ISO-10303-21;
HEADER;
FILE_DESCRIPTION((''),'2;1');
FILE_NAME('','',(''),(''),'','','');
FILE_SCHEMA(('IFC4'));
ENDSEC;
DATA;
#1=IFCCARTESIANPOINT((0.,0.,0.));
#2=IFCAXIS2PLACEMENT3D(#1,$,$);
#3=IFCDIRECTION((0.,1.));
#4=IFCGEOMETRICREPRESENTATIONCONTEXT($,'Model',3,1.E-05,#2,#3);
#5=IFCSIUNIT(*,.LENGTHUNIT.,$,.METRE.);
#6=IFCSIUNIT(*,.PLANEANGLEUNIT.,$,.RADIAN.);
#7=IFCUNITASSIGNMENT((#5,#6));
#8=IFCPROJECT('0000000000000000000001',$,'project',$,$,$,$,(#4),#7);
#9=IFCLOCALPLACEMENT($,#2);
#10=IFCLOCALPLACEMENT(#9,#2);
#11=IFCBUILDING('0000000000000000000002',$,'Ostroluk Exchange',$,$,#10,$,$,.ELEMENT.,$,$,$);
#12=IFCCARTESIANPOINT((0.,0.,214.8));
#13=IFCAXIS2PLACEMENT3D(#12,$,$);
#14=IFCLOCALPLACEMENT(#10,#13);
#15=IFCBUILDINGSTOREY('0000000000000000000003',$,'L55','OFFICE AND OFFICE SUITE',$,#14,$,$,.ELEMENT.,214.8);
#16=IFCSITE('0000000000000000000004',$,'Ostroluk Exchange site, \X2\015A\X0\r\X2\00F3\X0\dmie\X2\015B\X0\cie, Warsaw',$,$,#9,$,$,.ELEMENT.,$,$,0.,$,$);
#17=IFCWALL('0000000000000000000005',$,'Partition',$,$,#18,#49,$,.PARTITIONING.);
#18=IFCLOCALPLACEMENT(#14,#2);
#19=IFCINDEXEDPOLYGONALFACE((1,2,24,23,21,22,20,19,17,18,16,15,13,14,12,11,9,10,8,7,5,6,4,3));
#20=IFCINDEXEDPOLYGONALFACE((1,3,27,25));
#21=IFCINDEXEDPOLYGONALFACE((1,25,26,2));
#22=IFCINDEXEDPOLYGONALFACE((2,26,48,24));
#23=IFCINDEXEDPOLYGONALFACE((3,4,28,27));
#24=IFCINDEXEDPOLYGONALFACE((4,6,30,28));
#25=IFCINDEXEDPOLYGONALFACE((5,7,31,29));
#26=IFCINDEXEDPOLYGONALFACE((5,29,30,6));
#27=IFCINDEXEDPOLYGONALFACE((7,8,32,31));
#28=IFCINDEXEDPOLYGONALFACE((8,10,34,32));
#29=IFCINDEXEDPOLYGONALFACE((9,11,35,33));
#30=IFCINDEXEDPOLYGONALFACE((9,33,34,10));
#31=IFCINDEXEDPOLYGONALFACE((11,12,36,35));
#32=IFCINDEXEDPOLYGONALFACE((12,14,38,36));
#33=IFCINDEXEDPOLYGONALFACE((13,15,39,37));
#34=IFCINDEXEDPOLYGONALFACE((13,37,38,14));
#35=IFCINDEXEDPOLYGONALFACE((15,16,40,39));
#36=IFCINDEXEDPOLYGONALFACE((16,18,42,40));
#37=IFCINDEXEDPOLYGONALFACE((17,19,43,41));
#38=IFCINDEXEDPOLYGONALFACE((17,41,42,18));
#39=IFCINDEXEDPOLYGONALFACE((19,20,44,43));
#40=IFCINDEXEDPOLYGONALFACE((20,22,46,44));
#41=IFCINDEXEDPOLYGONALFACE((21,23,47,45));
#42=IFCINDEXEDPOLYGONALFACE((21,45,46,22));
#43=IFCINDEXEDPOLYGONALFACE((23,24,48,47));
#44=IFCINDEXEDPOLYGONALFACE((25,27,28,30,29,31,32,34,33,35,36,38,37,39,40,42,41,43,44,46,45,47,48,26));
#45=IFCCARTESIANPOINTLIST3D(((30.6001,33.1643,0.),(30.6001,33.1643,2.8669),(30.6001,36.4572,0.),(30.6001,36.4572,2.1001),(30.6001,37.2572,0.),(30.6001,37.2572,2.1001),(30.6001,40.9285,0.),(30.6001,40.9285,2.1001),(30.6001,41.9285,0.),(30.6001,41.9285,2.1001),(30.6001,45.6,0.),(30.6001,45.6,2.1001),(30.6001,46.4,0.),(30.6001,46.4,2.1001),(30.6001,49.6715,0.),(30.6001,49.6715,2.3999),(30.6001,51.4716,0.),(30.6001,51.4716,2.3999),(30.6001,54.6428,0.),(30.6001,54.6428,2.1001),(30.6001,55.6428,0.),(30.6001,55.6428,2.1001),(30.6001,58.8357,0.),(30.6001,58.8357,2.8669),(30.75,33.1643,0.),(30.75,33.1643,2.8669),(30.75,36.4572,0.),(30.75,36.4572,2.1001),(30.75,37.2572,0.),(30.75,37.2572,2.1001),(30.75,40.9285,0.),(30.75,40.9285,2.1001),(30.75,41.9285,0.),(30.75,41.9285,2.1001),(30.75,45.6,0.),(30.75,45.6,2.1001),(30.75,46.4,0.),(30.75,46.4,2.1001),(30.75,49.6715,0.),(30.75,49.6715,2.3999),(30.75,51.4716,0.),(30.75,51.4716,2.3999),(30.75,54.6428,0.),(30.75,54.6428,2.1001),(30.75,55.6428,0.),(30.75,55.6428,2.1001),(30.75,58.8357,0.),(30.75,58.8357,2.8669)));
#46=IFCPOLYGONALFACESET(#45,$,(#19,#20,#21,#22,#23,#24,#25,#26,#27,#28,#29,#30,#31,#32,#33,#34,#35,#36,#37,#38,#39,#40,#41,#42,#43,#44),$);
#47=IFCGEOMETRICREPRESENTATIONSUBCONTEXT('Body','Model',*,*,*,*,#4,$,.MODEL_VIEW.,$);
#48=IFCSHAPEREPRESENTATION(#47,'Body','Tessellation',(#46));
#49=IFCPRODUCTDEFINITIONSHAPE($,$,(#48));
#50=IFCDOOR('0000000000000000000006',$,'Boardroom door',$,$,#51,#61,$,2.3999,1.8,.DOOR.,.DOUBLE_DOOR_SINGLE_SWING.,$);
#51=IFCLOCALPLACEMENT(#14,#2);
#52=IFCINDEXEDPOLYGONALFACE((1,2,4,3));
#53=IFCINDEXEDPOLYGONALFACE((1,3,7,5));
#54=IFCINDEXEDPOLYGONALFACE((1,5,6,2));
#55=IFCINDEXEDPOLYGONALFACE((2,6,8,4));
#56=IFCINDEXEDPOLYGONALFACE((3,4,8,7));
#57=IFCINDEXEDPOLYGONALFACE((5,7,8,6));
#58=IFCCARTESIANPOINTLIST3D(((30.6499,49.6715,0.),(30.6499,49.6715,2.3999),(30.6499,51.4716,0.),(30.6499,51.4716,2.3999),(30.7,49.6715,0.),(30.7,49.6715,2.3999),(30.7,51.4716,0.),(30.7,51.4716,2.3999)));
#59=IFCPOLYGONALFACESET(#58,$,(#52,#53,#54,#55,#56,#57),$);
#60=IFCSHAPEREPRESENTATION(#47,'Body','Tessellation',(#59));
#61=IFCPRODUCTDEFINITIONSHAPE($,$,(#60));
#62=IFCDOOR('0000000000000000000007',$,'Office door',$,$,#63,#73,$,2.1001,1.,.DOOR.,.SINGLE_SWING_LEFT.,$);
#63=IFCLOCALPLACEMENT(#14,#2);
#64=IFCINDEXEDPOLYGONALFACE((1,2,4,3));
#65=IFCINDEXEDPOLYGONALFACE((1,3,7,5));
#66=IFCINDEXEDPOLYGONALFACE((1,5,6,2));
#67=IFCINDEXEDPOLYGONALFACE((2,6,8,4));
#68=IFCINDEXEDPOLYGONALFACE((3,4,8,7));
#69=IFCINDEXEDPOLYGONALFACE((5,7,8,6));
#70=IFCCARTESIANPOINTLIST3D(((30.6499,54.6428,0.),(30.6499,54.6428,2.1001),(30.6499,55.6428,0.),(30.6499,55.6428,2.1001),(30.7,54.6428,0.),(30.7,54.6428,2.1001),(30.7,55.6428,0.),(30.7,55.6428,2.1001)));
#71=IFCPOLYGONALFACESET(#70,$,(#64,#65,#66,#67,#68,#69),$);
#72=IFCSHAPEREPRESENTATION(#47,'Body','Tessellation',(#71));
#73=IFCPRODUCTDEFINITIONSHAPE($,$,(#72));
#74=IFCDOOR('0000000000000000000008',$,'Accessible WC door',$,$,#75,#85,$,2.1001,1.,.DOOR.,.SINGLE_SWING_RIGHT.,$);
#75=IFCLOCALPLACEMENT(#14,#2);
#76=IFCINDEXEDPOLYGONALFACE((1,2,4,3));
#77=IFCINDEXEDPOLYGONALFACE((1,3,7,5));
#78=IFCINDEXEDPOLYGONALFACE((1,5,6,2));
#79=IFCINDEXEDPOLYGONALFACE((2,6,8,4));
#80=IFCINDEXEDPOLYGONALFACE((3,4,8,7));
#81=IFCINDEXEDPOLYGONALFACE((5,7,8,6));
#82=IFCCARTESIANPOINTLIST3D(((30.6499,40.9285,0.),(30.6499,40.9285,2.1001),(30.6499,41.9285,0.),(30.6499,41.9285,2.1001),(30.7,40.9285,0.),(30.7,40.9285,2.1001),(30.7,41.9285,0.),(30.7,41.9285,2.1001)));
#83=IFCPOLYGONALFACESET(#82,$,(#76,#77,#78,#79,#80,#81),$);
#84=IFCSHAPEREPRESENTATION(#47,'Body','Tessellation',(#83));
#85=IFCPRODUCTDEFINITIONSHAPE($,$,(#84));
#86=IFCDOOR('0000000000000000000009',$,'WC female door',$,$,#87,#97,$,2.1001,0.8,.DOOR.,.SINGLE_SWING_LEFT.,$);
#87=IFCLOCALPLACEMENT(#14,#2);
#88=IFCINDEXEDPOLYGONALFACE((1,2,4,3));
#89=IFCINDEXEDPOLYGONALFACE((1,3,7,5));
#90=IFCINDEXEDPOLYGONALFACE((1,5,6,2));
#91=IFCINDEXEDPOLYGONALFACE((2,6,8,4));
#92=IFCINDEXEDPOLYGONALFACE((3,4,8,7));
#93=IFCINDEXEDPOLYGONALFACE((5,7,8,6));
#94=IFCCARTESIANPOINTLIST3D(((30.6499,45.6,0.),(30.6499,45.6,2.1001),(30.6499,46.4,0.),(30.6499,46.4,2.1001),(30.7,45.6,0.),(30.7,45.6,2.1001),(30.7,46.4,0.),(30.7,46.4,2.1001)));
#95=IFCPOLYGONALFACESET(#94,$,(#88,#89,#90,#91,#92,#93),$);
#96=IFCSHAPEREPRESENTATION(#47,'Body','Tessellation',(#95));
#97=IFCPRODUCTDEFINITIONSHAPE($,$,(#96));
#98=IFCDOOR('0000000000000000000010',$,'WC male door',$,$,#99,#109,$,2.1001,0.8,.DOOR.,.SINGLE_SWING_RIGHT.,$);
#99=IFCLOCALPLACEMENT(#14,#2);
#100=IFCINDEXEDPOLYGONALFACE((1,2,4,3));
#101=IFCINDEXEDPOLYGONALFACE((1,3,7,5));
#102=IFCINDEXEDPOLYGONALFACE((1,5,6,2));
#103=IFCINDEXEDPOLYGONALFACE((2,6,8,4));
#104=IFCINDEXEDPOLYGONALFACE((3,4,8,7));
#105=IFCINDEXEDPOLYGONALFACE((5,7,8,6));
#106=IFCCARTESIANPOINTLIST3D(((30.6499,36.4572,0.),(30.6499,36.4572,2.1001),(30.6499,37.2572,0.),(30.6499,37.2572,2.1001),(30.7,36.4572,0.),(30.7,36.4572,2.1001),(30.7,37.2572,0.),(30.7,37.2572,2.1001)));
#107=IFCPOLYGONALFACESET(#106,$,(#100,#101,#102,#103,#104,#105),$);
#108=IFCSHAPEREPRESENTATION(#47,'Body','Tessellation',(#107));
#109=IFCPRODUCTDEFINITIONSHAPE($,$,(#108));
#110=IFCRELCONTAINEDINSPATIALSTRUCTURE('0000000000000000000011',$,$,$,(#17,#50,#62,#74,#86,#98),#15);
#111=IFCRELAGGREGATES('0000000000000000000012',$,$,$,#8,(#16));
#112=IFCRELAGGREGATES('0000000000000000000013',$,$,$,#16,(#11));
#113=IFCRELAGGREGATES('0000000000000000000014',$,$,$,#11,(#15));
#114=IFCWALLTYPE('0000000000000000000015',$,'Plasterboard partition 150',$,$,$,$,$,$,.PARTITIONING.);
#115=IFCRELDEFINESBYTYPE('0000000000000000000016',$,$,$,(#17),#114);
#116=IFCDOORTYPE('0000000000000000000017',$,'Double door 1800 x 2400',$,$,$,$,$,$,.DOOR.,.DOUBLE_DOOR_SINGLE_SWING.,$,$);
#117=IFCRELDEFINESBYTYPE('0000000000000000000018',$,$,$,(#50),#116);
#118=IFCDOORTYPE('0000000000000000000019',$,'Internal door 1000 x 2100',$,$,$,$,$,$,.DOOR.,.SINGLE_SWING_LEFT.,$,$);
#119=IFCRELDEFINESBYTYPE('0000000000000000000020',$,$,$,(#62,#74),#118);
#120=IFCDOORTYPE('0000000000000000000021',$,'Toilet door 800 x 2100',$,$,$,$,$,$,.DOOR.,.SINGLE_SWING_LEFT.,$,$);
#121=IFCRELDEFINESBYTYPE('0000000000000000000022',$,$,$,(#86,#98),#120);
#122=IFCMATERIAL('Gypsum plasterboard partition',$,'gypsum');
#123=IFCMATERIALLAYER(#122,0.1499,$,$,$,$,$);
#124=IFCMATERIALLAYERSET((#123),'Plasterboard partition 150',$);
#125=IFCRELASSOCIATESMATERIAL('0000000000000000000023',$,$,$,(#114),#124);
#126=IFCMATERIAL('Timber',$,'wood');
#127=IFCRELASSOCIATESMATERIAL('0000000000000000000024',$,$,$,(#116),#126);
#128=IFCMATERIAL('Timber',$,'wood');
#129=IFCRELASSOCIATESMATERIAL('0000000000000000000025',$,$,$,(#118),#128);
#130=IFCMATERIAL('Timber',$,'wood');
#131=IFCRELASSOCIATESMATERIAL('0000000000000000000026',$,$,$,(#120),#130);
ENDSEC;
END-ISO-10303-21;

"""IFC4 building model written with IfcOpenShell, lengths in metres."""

from ifc_helpers import new_model, si_unit, direction, frame, frame_2d, origin, place, context, subcontext, project, spatial, rectangle, extrude, material, layer, layer_set, type_object, element, fill, save


model = new_model("IFC4")

# Units and contexts
model_context = context("Model", 3, precision=1e-05, world=origin(), true_north=direction((0.0, 1.0)))
body_context = subcontext(model_context, "Body", "Model", "MODEL_VIEW")
ifc_project = project(units=[si_unit("LENGTHUNIT", "METRE"), si_unit("PLANEANGLEUNIT", "RADIAN")], contexts=[model_context])

# Site, building, storey
site_placement = place(None, origin())
site = spatial("IfcSite", under=ifc_project, at=site_placement, Name="Ostroluk Exchange site, Śródmieście, Warsaw", CompositionType="ELEMENT", RefElevation=0.0)
building_placement = place(site_placement, origin())
building = spatial("IfcBuilding", under=site, at=building_placement, Name="Ostroluk Exchange", CompositionType="ELEMENT")
storey_placement = place(building_placement, frame((0.0, 0.0, 214.8)))
storey = spatial("IfcBuildingStorey", under=building, at=storey_placement, Name="L55", Description="OFFICE AND OFFICE SUITE", CompositionType="ELEMENT", Elevation=214.8)

# Wall, openings, doors
ifc_material_1 = material(Name="Gypsum plasterboard partition", Category="gypsum")
ifc_layer_1 = layer(ifc_material_1, 0.1499)
ifc_layer_set_1 = layer_set([ifc_layer_1], Name="Plasterboard partition 150")
wall_type_1 = type_object("IfcWallType", Name="Plasterboard partition 150", PredefinedType="PARTITIONING", material=ifc_layer_set_1)
wall_1_placement = place(storey_placement, frame((30.675, 58.8357, 0.0), z_axis=(0.0, 0.0, 1.0), x_axis=(0.0, -1.0, 0.0)))
wall_1 = element("IfcWall", 1, at=wall_1_placement, inside=storey, type_object=wall_type_1, Name="Partition", PredefinedType="PARTITIONING", context=body_context, shape_type="SweptSolid", body=[
    extrude(rectangle(XDim=25.6714, YDim=0.1499, at=frame_2d((12.8357, 0.0))), origin(), (0.0, 0.0, 1.0), 2.8669),
])
opening_1_placement = place(wall_1_placement, frame((3.1929, 0.0, 0.0)))
opening_1 = element("IfcOpeningElement", 2, at=opening_1_placement, cuts=wall_1, PredefinedType="OPENING", context=body_context, shape_type="SweptSolid", body=[
    extrude(rectangle(XDim=1.0, YDim=2.1001, at=frame_2d((0.5, 1.05))), frame((0.0, 0.085, 0.0), z_axis=(0.0, -1.0, 0.0), x_axis=(1.0, 0.0, 0.0)), (0.0, 0.0, 1.0), 0.1699),
])
opening_2_placement = place(wall_1_placement, frame((7.3643, 0.0, 0.0)))
opening_2 = element("IfcOpeningElement", 3, at=opening_2_placement, cuts=wall_1, PredefinedType="OPENING", context=body_context, shape_type="SweptSolid", body=[
    extrude(rectangle(XDim=1.8, YDim=2.3999, at=frame_2d((0.8999, 1.2))), frame((0.0, 0.085, 0.0), z_axis=(0.0, -1.0, 0.0), x_axis=(1.0, 0.0, 0.0)), (0.0, 0.0, 1.0), 0.1699),
])
opening_3_placement = place(wall_1_placement, frame((12.4358, 0.0, 0.0)))
opening_3 = element("IfcOpeningElement", 4, at=opening_3_placement, cuts=wall_1, PredefinedType="OPENING", context=body_context, shape_type="SweptSolid", body=[
    extrude(rectangle(XDim=0.8, YDim=2.1001, at=frame_2d((0.3999, 1.05))), frame((0.0, 0.085, 0.0), z_axis=(0.0, -1.0, 0.0), x_axis=(1.0, 0.0, 0.0)), (0.0, 0.0, 1.0), 0.1699),
])
opening_4_placement = place(wall_1_placement, frame((16.9072, 0.0, 0.0)))
opening_4 = element("IfcOpeningElement", 5, at=opening_4_placement, cuts=wall_1, PredefinedType="OPENING", context=body_context, shape_type="SweptSolid", body=[
    extrude(rectangle(XDim=1.0, YDim=2.1001, at=frame_2d((0.5, 1.05))), frame((0.0, 0.085, 0.0), z_axis=(0.0, -1.0, 0.0), x_axis=(1.0, 0.0, 0.0)), (0.0, 0.0, 1.0), 0.1699),
])
opening_5_placement = place(wall_1_placement, frame((21.5786, 0.0, 0.0)))
opening_5 = element("IfcOpeningElement", 6, at=opening_5_placement, cuts=wall_1, PredefinedType="OPENING", context=body_context, shape_type="SweptSolid", body=[
    extrude(rectangle(XDim=0.8, YDim=2.1001, at=frame_2d((0.3999, 1.05))), frame((0.0, 0.085, 0.0), z_axis=(0.0, -1.0, 0.0), x_axis=(1.0, 0.0, 0.0)), (0.0, 0.0, 1.0), 0.1699),
])
ifc_material_2 = material(Name="Timber", Category="wood")
door_type_1 = type_object("IfcDoorType", Name="Double door 1800 x 2400", OperationType="DOUBLE_DOOR_SINGLE_SWING", PredefinedType="DOOR", material=ifc_material_2)
door_1_placement = place(opening_2_placement, origin())
door_1 = element("IfcDoor", 7, at=door_1_placement, inside=storey, type_object=door_type_1, Name="Boardroom door", OperationType="DOUBLE_DOOR_SINGLE_SWING", OverallHeight=2.3999, OverallWidth=1.8, PredefinedType="DOOR", context=body_context, shape_type="SweptSolid", body=[
    extrude(rectangle(XDim=1.8, YDim=2.3999, at=frame_2d((0.8999, 1.2))), frame((0.0, 0.0249, 0.0), z_axis=(0.0, -1.0, 0.0), x_axis=(1.0, 0.0, 0.0)), (0.0, 0.0, 1.0), 0.05),
])
fill(opening_2, door_1)
ifc_material_3 = material(Name="Timber", Category="wood")
door_type_2 = type_object("IfcDoorType", Name="Internal door 1000 x 2100", OperationType="SINGLE_SWING_LEFT", PredefinedType="DOOR", material=ifc_material_3)
door_2_placement = place(opening_1_placement, origin())
door_2 = element("IfcDoor", 8, at=door_2_placement, inside=storey, type_object=door_type_2, Name="Office door", OperationType="SINGLE_SWING_LEFT", OverallHeight=2.1001, OverallWidth=1.0, PredefinedType="DOOR", context=body_context, shape_type="SweptSolid", body=[
    extrude(rectangle(XDim=1.0, YDim=2.1001, at=frame_2d((0.5, 1.05))), frame((0.0, 0.0249, 0.0), z_axis=(0.0, -1.0, 0.0), x_axis=(1.0, 0.0, 0.0)), (0.0, 0.0, 1.0), 0.05),
])
fill(opening_1, door_2)
door_3_placement = place(opening_4_placement, origin())
door_3 = element("IfcDoor", 9, at=door_3_placement, inside=storey, type_object=door_type_2, Name="Accessible WC door", OperationType="SINGLE_SWING_RIGHT", OverallHeight=2.1001, OverallWidth=1.0, PredefinedType="DOOR", context=body_context, shape_type="SweptSolid", body=[
    extrude(rectangle(XDim=1.0, YDim=2.1001, at=frame_2d((0.5, 1.05))), frame((0.0, 0.0249, 0.0), z_axis=(0.0, -1.0, 0.0), x_axis=(1.0, 0.0, 0.0)), (0.0, 0.0, 1.0), 0.05),
])
fill(opening_4, door_3)
ifc_material_4 = material(Name="Timber", Category="wood")
door_type_3 = type_object("IfcDoorType", Name="Toilet door 800 x 2100", OperationType="SINGLE_SWING_LEFT", PredefinedType="DOOR", material=ifc_material_4)
door_4_placement = place(opening_3_placement, origin())
door_4 = element("IfcDoor", 10, at=door_4_placement, inside=storey, type_object=door_type_3, Name="WC female door", OperationType="SINGLE_SWING_LEFT", OverallHeight=2.1001, OverallWidth=0.8, PredefinedType="DOOR", context=body_context, shape_type="SweptSolid", body=[
    extrude(rectangle(XDim=0.8, YDim=2.1001, at=frame_2d((0.3999, 1.05))), frame((0.0, 0.0249, 0.0), z_axis=(0.0, -1.0, 0.0), x_axis=(1.0, 0.0, 0.0)), (0.0, 0.0, 1.0), 0.05),
])
fill(opening_3, door_4)
door_5_placement = place(opening_5_placement, origin())
door_5 = element("IfcDoor", 11, at=door_5_placement, inside=storey, type_object=door_type_3, Name="WC male door", OperationType="SINGLE_SWING_RIGHT", OverallHeight=2.1001, OverallWidth=0.8, PredefinedType="DOOR", context=body_context, shape_type="SweptSolid", body=[
    extrude(rectangle(XDim=0.8, YDim=2.1001, at=frame_2d((0.3999, 1.05))), frame((0.0, 0.0249, 0.0), z_axis=(0.0, -1.0, 0.0), x_axis=(1.0, 0.0, 0.0)), (0.0, 0.0, 1.0), 0.05),
])
fill(opening_5, door_5)

save(model, "model.ifc")
